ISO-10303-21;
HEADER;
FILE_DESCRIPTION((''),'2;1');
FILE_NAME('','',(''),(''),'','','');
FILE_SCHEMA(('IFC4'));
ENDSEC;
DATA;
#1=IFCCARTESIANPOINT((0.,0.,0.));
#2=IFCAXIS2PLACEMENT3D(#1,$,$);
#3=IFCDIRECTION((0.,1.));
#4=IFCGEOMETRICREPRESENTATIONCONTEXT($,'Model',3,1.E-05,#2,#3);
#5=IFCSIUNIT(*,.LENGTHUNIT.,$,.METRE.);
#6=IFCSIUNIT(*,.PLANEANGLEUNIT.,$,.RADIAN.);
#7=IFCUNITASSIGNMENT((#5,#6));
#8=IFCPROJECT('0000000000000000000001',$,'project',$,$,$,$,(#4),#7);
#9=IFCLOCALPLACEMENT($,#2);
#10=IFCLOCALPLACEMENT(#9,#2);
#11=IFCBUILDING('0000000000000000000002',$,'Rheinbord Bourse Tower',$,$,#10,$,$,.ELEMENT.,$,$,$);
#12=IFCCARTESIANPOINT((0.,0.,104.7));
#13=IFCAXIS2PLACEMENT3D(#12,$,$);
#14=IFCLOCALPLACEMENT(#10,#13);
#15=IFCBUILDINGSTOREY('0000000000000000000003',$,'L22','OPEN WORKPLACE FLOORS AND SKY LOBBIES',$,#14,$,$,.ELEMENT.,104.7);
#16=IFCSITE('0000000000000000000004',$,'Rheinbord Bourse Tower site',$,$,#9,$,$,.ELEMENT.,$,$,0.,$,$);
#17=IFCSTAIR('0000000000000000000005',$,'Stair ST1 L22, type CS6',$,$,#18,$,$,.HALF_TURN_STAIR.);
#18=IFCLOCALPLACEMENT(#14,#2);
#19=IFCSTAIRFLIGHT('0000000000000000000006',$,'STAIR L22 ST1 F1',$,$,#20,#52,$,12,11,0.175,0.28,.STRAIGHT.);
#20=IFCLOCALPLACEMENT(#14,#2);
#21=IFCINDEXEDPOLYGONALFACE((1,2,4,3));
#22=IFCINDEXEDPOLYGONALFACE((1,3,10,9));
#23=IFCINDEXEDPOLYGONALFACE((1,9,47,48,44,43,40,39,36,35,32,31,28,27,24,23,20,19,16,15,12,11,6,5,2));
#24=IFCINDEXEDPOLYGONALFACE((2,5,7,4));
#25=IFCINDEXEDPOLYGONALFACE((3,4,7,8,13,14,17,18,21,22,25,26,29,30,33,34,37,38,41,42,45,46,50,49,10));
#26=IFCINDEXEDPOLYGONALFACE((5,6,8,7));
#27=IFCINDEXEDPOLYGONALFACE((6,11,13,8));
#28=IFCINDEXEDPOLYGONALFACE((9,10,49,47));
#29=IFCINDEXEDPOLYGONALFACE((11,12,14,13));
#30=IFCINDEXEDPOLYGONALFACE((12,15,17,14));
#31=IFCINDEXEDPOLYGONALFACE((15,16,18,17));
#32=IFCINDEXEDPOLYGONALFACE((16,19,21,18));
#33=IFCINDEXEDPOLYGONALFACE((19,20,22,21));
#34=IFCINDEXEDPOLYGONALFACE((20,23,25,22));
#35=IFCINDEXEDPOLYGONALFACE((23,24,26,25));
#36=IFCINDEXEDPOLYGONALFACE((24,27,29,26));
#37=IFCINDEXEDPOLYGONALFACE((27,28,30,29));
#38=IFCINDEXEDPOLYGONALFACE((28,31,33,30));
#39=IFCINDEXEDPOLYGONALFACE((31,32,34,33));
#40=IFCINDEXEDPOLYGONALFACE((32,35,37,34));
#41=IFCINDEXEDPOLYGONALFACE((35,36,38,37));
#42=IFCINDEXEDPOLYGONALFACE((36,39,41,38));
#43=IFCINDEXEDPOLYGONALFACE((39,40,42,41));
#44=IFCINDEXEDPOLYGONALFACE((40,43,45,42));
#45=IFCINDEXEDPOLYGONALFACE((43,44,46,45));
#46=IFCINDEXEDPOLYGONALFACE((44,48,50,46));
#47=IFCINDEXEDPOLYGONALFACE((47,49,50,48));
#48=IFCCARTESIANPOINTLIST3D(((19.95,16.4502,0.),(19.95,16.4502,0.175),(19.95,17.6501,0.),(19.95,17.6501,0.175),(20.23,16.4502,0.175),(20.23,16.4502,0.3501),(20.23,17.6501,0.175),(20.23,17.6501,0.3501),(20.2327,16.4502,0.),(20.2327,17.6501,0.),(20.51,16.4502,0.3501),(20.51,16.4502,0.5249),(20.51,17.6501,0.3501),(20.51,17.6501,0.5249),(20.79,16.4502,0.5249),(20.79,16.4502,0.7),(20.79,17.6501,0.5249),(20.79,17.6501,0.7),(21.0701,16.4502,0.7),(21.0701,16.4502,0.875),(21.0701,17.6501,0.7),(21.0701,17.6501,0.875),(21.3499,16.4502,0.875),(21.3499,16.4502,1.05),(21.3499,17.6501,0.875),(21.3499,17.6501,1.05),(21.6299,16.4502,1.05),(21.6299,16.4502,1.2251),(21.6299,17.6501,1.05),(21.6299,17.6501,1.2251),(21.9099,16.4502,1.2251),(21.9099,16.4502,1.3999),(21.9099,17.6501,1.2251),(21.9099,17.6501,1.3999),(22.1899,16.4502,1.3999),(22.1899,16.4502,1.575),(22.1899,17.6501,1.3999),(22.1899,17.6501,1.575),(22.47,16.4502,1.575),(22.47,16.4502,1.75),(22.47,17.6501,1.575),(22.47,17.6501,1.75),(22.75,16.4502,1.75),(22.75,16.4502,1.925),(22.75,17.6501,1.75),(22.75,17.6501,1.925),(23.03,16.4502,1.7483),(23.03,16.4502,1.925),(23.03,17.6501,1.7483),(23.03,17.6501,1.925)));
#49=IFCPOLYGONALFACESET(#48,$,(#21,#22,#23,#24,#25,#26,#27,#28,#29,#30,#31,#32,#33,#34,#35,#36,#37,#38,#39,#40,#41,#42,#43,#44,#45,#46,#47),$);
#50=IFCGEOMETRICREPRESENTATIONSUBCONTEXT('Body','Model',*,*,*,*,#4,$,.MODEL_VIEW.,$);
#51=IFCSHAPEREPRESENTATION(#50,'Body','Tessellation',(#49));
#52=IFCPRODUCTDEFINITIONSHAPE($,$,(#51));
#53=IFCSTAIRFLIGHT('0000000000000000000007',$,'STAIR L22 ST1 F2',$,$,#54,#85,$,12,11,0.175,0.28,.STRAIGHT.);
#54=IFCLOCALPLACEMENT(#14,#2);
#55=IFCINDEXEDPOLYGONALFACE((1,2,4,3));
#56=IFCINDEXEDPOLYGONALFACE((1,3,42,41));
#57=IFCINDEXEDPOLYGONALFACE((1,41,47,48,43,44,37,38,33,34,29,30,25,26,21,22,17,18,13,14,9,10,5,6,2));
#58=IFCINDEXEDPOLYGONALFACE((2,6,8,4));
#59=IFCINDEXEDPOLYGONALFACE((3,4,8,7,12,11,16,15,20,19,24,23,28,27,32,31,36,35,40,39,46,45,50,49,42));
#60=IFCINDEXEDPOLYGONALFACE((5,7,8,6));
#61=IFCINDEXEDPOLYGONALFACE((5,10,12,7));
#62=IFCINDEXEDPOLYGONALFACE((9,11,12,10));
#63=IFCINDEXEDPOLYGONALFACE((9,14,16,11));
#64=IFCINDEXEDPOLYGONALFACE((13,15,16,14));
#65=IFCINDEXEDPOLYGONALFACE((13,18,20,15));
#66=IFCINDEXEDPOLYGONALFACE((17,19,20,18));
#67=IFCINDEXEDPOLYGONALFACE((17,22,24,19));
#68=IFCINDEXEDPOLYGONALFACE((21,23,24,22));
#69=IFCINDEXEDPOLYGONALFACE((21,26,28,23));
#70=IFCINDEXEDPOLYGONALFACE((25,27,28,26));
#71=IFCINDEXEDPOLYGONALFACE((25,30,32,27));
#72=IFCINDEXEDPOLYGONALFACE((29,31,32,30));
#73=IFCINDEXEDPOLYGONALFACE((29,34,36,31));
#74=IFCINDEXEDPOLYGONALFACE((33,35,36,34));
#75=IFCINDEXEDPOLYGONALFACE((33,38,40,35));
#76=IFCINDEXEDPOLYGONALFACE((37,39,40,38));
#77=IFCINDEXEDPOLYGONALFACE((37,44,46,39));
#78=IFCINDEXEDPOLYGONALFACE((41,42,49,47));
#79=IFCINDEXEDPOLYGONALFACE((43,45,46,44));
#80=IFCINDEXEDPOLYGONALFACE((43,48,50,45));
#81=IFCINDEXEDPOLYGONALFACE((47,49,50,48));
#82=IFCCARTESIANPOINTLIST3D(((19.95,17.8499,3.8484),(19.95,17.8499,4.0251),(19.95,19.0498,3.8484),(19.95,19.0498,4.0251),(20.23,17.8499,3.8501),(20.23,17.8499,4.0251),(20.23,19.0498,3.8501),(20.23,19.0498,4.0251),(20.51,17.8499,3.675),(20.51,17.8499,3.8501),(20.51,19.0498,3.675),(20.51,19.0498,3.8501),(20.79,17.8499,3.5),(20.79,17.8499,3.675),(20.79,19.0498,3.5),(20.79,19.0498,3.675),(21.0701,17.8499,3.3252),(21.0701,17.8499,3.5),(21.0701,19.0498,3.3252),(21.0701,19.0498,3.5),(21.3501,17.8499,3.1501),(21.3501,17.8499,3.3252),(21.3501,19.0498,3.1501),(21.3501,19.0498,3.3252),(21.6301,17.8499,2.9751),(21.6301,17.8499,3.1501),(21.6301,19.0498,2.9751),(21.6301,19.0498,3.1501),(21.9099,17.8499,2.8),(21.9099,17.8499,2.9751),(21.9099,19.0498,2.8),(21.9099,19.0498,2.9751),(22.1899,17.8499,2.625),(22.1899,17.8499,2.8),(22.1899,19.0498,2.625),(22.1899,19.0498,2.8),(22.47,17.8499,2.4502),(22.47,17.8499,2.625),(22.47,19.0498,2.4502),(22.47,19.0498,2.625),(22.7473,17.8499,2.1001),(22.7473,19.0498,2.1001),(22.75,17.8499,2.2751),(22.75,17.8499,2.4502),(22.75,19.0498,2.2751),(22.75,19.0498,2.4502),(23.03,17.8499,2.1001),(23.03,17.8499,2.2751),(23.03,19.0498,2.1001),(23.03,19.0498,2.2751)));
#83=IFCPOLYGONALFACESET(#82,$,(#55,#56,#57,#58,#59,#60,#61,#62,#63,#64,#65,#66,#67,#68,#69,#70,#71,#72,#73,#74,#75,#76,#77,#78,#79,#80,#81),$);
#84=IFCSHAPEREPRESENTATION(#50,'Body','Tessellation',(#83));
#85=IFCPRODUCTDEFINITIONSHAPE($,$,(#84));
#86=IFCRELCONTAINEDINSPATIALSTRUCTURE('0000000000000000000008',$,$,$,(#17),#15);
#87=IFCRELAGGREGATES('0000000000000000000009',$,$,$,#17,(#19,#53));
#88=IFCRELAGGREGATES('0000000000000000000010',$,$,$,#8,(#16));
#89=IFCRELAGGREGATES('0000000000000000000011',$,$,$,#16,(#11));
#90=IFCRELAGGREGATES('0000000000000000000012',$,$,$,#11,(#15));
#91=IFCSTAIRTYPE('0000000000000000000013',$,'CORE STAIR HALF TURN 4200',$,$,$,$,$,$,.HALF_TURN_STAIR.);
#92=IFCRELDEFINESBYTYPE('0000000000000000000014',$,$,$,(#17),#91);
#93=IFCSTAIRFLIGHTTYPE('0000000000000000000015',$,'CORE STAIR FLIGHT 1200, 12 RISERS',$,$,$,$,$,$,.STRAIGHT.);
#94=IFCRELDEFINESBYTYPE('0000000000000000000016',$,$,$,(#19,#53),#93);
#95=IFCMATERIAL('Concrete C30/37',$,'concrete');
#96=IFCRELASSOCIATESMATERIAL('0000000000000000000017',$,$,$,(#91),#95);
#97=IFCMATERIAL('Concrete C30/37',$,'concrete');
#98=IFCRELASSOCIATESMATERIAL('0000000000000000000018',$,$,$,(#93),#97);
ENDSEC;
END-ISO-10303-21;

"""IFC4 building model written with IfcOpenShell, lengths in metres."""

from ifc_helpers import new_model, si_unit, direction, frame, origin, place, context, subcontext, project, spatial, polyline, outline, extrude, material, type_object, element, aggregate, save


model = new_model("IFC4")

# Units and contexts
model_context = context("Model", 3, precision=1e-05, world=origin(), true_north=direction((0.0, 1.0)))
body_context = subcontext(model_context, "Body", "Model", "MODEL_VIEW")
ifc_project = project(units=[si_unit("LENGTHUNIT", "METRE"), si_unit("PLANEANGLEUNIT", "RADIAN")], contexts=[model_context])

# Site, building, storey
site_placement = place(None, origin())
site = spatial("IfcSite", under=ifc_project, at=site_placement, Name="Rheinbord Bourse Tower site", CompositionType="ELEMENT", RefElevation=0.0)
building_placement = place(site_placement, origin())
building = spatial("IfcBuilding", under=site, at=building_placement, Name="Rheinbord Bourse Tower", CompositionType="ELEMENT")
storey_placement = place(building_placement, frame((0.0, 0.0, 104.7)))
storey = spatial("IfcBuildingStorey", under=building, at=storey_placement, Name="L22", Description="OPEN WORKPLACE FLOORS AND SKY LOBBIES", CompositionType="ELEMENT", Elevation=104.7)

# Stair, stair flights
ifc_material_1 = material(Name="Concrete C30/37", Category="concrete")
stair_type = type_object("IfcStairType", Name="CORE STAIR HALF TURN 4200", PredefinedType="HALF_TURN_STAIR", material=ifc_material_1)
stair_placement = place(storey_placement, origin())
stair = element("IfcStair", 1, at=stair_placement, inside=storey, type_object=stair_type, Name="Stair ST1 L22, type CS6", PredefinedType="HALF_TURN_STAIR")
ifc_material_2 = material(Name="Concrete C30/37", Category="concrete")
stair_flight_type = type_object("IfcStairFlightType", Name="CORE STAIR FLIGHT 1200, 12 RISERS", PredefinedType="STRAIGHT", material=ifc_material_2)
stair_flight_1_placement = place(storey_placement, frame((19.95, 17.05, 0.0), z_axis=(0.0, 0.0, 1.0), x_axis=(1.0, 0.0, 0.0)))
stair_flight_1 = element("IfcStairFlight", 2, at=stair_flight_1_placement, type_object=stair_flight_type, Name="STAIR L22 ST1 F1", NumberOfRisers=12, NumberOfTreads=11, PredefinedType="STRAIGHT", RiserHeight=0.175, TreadLength=0.28, context=body_context, shape_type="SweptSolid", body=[
    extrude(outline(polyline([(0.0, 0.0), (0.0, 0.175), (0.28, 0.175), (0.28, 0.3501), (0.5601, 0.3501), (0.5601, 0.5249), (0.8401, 0.5249), (0.8401, 0.7), (1.1201, 0.7), (1.1201, 0.875), (1.3999, 0.875), (1.3999, 1.05), (1.6799, 1.05), (1.6799, 1.2251), (1.96, 1.2251), (1.96, 1.3999), (2.24, 1.3999), (2.24, 1.575), (2.52, 1.575), (2.52, 1.75), (2.8, 1.75), (2.8, 1.925), (3.0801, 1.925), (3.0801, 2.1001), (3.0801, 1.7483), (0.2827, 0.0), (0.0, 0.0)])), frame((0.0, 0.6001, 0.0), z_axis=(0.0, -1.0, 0.0), x_axis=(1.0, 0.0, 0.0)), (0.0, 0.0, 1.0), 1.2),
])
stair_flight_2_placement = place(storey_placement, frame((23.03, 18.45, 2.1001), z_axis=(0.0, 0.0, 1.0), x_axis=(-1.0, 0.0, 0.0)))
stair_flight_2 = element("IfcStairFlight", 3, at=stair_flight_2_placement, type_object=stair_flight_type, Name="STAIR L22 ST1 F2", NumberOfRisers=12, NumberOfTreads=11, PredefinedType="STRAIGHT", RiserHeight=0.175, TreadLength=0.28, context=body_context, shape_type="SweptSolid", body=[
    extrude(outline(polyline([(0.0, 0.0), (0.0, 0.175), (0.28, 0.175), (0.28, 0.3501), (0.5601, 0.3501), (0.5601, 0.5249), (0.8401, 0.5249), (0.8401, 0.7), (1.1201, 0.7), (1.1201, 0.875), (1.3999, 0.875), (1.3999, 1.05), (1.6799, 1.05), (1.6799, 1.2251), (1.96, 1.2251), (1.96, 1.3999), (2.24, 1.3999), (2.24, 1.575), (2.52, 1.575), (2.52, 1.75), (2.8, 1.75), (2.8, 1.925), (3.0801, 1.925), (3.0801, 2.1001), (3.0801, 1.7483), (0.2827, 0.0), (0.0, 0.0)])), frame((0.0, 0.6001, 0.0), z_axis=(0.0, -1.0, 0.0), x_axis=(1.0, 0.0, 0.0)), (0.0, 0.0, 1.0), 1.2),
])
aggregate(stair, [stair_flight_1, stair_flight_2])

save(model, "model.ifc")
